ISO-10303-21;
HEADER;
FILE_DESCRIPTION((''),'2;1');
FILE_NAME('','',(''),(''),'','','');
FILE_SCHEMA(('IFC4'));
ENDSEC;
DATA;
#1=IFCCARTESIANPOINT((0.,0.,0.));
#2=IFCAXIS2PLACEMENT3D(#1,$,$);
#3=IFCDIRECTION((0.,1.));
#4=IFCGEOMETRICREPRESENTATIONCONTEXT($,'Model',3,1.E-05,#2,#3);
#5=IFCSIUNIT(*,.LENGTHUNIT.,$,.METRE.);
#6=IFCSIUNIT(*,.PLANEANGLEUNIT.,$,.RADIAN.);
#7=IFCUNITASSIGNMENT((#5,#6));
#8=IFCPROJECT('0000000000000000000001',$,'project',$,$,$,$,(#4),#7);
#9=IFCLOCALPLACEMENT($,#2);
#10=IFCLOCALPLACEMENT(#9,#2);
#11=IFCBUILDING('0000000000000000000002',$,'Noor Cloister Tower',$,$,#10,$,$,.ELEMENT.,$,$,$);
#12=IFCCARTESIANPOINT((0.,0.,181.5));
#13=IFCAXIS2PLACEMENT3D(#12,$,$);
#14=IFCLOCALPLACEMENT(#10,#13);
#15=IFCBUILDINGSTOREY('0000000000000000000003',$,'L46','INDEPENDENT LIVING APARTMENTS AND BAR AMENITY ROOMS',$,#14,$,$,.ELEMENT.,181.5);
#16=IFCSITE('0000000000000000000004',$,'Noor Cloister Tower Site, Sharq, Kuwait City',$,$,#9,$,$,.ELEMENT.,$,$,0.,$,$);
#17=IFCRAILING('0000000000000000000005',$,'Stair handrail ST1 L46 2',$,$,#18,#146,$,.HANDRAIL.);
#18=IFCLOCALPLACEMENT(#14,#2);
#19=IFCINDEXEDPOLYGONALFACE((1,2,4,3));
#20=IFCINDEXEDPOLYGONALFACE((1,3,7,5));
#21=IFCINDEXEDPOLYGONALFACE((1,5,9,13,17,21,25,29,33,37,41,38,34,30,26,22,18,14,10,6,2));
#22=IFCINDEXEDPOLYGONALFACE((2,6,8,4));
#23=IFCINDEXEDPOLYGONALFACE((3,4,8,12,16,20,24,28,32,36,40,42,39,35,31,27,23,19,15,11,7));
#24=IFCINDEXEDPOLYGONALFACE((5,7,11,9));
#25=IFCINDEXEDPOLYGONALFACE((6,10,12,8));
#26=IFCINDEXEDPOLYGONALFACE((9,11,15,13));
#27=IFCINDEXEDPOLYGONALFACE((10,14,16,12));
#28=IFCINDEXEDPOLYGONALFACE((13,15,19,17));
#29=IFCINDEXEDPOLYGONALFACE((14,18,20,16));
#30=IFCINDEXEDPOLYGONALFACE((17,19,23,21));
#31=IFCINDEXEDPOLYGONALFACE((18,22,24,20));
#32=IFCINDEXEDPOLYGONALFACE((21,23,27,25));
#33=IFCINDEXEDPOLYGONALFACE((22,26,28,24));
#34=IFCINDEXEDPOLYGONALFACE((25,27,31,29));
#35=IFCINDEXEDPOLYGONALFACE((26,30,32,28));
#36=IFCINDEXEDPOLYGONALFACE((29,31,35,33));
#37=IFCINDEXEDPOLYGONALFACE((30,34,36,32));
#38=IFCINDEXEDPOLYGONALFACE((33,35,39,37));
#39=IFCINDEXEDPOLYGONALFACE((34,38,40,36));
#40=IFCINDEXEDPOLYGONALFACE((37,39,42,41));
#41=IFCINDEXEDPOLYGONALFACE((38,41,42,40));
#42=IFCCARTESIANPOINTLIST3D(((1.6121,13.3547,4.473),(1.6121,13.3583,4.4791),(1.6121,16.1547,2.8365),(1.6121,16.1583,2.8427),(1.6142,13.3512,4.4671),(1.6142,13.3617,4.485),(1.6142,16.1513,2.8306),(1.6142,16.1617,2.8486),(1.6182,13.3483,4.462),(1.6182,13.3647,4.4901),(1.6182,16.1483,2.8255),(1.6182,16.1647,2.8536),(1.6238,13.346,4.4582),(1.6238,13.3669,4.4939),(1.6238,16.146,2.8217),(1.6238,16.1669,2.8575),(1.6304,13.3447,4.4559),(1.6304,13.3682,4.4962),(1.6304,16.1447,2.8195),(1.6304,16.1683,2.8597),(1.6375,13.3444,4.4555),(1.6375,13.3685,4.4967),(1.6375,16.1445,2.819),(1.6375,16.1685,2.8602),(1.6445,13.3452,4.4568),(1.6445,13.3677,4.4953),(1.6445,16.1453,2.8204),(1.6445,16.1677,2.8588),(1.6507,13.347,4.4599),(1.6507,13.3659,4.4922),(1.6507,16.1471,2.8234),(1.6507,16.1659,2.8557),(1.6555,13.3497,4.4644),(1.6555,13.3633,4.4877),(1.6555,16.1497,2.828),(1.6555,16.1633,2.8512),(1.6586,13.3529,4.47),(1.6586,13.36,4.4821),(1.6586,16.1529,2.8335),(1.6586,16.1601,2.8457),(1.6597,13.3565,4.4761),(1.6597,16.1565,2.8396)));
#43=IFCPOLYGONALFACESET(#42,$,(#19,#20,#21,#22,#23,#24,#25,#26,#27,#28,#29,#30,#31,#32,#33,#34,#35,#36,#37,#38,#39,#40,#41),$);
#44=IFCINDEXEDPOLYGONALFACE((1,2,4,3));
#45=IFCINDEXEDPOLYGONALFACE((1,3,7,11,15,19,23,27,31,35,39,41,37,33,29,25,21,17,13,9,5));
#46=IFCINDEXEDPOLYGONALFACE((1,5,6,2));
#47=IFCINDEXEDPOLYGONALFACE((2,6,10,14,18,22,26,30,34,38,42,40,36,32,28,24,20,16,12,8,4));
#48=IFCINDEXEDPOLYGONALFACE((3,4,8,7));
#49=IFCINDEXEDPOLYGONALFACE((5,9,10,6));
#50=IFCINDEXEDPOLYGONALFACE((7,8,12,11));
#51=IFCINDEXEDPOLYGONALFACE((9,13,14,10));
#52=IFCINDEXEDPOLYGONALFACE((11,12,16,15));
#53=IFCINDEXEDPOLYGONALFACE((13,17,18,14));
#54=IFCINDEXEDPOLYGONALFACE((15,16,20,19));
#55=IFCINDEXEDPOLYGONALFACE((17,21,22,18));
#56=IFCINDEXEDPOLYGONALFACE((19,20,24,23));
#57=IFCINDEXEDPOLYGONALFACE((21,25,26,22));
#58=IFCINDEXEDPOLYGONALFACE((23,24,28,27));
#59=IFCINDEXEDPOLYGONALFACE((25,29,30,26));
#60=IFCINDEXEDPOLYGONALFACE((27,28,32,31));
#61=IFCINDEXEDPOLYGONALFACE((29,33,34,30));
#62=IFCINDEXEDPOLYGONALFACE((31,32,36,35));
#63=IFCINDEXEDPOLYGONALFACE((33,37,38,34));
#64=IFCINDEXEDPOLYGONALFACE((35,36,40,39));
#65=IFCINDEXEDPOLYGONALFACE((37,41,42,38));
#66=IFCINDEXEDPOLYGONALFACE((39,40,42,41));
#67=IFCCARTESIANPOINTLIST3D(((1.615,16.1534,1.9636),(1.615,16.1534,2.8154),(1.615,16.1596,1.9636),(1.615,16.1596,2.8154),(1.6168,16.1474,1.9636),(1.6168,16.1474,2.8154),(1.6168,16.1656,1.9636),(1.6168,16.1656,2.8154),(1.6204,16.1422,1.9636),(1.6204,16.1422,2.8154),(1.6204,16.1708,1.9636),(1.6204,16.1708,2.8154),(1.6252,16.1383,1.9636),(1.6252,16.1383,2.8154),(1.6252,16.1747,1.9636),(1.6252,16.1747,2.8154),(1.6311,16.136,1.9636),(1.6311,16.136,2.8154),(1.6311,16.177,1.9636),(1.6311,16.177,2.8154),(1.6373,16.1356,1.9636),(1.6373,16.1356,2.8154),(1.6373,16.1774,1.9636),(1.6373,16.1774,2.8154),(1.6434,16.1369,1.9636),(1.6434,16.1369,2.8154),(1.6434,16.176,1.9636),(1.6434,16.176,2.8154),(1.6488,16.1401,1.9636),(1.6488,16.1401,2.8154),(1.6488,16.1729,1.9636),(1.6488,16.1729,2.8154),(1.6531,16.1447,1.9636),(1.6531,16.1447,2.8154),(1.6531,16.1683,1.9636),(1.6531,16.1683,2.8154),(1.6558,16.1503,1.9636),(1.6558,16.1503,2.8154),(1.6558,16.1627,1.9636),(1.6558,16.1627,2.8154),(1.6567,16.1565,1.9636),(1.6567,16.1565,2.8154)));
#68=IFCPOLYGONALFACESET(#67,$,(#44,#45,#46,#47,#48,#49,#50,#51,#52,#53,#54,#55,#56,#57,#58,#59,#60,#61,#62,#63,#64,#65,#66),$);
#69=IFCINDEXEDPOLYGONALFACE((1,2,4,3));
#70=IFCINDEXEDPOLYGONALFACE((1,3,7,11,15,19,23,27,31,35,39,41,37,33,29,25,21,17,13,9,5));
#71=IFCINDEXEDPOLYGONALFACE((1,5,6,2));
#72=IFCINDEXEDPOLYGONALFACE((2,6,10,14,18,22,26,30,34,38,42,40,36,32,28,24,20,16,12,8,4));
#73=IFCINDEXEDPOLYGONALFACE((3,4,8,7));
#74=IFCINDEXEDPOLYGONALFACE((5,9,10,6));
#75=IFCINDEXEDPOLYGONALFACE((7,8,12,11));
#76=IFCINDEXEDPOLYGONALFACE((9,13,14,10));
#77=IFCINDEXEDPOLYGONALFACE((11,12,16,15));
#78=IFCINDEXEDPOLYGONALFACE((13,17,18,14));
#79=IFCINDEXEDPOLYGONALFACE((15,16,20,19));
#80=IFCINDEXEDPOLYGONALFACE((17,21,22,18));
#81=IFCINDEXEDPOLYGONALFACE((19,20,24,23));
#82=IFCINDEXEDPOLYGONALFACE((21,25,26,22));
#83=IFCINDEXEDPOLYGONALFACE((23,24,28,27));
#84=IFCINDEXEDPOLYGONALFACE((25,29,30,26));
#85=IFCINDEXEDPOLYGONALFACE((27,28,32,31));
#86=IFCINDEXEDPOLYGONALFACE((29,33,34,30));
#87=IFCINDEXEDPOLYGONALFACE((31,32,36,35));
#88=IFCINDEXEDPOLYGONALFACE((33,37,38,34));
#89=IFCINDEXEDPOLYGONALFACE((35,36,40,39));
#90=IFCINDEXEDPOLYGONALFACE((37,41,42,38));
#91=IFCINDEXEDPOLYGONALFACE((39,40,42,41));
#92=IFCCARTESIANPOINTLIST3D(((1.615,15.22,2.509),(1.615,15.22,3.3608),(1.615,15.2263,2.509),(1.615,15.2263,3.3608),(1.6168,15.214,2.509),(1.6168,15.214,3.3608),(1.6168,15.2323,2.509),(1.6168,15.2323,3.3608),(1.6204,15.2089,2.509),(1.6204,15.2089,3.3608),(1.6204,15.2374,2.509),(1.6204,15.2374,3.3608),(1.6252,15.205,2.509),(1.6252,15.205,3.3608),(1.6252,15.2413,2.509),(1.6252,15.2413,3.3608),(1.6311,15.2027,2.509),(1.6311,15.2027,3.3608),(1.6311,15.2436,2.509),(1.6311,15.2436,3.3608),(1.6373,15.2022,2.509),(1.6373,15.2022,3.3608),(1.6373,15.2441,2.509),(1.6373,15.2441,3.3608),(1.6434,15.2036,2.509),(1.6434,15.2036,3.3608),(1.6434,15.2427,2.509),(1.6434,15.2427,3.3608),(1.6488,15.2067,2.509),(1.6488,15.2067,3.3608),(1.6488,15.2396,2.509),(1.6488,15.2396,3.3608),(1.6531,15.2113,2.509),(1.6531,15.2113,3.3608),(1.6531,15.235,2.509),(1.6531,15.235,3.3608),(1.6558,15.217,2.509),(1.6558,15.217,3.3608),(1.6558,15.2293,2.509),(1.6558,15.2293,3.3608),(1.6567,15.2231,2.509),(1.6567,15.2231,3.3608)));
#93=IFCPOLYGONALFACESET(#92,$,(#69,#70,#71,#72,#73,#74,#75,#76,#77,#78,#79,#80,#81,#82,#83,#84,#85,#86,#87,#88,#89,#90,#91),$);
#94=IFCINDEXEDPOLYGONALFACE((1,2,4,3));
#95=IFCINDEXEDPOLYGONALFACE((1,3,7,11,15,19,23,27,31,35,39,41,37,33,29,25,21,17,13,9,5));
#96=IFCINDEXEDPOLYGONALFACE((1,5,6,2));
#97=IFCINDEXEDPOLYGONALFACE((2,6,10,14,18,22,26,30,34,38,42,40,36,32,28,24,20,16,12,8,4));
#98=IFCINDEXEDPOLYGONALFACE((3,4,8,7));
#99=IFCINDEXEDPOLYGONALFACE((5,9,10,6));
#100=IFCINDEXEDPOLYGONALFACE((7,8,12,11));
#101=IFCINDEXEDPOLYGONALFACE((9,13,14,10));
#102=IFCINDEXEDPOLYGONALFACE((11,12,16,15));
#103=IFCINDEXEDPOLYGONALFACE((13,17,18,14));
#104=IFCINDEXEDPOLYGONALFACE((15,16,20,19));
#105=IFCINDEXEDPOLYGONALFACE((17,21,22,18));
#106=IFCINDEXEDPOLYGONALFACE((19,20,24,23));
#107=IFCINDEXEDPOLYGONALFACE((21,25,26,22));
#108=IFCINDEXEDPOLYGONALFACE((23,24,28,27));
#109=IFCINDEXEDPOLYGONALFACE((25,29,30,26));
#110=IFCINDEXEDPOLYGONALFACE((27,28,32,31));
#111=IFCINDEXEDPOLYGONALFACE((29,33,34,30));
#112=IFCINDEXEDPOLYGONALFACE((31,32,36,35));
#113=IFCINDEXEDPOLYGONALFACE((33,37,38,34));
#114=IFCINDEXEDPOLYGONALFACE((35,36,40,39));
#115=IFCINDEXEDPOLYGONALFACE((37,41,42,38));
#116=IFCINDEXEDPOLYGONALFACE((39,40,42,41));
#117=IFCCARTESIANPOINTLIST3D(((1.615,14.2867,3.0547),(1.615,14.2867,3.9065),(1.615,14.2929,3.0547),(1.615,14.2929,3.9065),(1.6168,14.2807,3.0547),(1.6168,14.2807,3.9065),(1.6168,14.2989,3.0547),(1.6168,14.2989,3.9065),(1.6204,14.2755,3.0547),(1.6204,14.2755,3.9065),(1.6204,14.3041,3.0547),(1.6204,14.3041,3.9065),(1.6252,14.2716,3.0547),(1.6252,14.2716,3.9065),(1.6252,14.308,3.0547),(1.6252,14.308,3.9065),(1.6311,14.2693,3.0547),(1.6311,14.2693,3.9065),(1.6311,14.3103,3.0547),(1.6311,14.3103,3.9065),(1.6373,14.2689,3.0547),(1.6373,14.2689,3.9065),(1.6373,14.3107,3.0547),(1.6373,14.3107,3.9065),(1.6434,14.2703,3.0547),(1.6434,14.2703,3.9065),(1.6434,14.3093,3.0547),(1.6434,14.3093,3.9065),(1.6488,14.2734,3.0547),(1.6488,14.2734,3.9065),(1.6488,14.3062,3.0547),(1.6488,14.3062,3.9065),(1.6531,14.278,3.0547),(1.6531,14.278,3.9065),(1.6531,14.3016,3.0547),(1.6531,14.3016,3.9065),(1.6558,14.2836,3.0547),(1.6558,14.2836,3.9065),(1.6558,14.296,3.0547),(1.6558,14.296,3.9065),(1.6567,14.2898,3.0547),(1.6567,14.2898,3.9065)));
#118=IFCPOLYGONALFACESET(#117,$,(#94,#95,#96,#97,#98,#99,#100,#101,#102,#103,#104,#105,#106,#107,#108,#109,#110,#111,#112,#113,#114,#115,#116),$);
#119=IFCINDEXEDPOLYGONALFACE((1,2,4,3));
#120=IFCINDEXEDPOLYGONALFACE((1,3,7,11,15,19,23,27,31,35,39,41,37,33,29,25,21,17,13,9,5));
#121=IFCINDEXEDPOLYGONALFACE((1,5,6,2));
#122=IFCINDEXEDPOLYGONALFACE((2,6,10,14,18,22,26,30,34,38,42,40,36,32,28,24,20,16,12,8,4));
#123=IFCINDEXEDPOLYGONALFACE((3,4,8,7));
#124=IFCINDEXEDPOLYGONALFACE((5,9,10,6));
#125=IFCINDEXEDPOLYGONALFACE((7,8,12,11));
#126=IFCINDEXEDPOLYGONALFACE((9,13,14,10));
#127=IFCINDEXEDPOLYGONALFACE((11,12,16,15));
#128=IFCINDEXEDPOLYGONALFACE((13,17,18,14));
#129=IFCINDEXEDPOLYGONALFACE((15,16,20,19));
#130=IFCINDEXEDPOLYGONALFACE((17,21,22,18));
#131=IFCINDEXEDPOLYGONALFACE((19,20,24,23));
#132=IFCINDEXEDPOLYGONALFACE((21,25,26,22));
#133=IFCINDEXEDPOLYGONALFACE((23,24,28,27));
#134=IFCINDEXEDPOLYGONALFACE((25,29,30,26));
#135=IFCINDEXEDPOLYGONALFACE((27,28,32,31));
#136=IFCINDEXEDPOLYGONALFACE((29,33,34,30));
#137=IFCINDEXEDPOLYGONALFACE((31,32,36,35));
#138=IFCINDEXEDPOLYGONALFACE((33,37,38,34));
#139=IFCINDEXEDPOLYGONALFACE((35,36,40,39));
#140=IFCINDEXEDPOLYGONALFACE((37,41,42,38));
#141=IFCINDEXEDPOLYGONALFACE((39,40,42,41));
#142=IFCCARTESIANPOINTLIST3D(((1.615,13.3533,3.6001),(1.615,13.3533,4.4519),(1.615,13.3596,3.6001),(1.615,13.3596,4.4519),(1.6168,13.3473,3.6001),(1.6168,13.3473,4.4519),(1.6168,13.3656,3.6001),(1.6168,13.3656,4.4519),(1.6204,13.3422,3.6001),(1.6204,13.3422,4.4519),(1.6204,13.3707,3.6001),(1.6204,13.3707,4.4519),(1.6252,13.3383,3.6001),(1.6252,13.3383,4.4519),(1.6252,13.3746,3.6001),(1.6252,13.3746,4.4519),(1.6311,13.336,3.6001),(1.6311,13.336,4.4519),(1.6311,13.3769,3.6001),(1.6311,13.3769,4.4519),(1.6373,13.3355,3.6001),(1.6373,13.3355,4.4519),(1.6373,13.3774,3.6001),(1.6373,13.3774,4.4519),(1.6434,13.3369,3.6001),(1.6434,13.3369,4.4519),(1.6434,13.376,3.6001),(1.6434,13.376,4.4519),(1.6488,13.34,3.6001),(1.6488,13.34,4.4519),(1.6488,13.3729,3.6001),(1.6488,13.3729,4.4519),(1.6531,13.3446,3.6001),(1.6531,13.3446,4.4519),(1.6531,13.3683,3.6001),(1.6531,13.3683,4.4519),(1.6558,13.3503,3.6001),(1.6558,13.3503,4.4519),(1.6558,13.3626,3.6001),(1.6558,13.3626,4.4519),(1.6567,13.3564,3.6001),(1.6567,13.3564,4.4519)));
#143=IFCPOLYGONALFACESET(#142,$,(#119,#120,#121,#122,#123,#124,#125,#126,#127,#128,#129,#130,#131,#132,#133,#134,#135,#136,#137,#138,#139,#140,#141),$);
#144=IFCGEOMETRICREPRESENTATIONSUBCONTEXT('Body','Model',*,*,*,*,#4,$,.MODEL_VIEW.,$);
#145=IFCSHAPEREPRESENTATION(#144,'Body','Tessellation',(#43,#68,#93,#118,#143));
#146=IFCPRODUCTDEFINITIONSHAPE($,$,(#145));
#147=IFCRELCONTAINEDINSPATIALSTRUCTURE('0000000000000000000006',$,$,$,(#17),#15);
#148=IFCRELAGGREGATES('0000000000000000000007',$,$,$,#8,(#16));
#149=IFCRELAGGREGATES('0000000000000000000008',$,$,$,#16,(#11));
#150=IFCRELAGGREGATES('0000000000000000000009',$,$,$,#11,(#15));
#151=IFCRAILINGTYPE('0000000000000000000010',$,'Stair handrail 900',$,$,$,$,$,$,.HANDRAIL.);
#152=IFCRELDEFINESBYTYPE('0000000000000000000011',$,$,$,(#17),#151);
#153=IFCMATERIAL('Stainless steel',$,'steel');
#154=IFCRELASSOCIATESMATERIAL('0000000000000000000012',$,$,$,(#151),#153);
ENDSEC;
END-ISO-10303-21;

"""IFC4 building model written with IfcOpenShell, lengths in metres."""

from ifc_helpers import new_model, si_unit, direction, frame, origin, origin_2d, place, context, subcontext, project, spatial, circle, extrude, material, type_object, element, save


model = new_model("IFC4")

# Units and contexts
model_context = context("Model", 3, precision=1e-05, world=origin(), true_north=direction((0.0, 1.0)))
body_context = subcontext(model_context, "Body", "Model", "MODEL_VIEW")
ifc_project = project(units=[si_unit("LENGTHUNIT", "METRE"), si_unit("PLANEANGLEUNIT", "RADIAN")], contexts=[model_context])

# Site, building, storey
site_placement = place(None, origin())
site = spatial("IfcSite", under=ifc_project, at=site_placement, Name="Noor Cloister Tower Site, Sharq, Kuwait City", CompositionType="ELEMENT", RefElevation=0.0)
building_placement = place(site_placement, origin())
building = spatial("IfcBuilding", under=site, at=building_placement, Name="Noor Cloister Tower", CompositionType="ELEMENT")
storey_placement = place(building_placement, frame((0.0, 0.0, 181.5)))
storey = spatial("IfcBuildingStorey", under=building, at=storey_placement, Name="L46", Description="INDEPENDENT LIVING APARTMENTS AND BAR AMENITY ROOMS", CompositionType="ELEMENT", Elevation=181.5)

# Railing
ifc_material_1 = material(Name="Stainless steel", Category="steel")
railing_type_1 = type_object("IfcRailingType", Name="Stair handrail 900", PredefinedType="HANDRAIL", material=ifc_material_1)
railing_1_placement = place(storey_placement, frame((1.6357, 16.1565, 1.9636)))
element("IfcRailing", 1, at=railing_1_placement, inside=storey, type_object=railing_type_1, Name="Stair handrail ST1 L46 2", PredefinedType="HANDRAIL", context=body_context, shape_type="SweptSolid", body=[
    extrude(circle(Radius=0.0239, at=origin_2d()), frame((0.0, 0.0, 0.876), z_axis=(0.0, -0.863361, 0.504587), x_axis=(1.0, 0.0, 0.0)), (0.0, 0.0, 1.0), 3.2432),
    extrude(circle(Radius=0.021, at=origin_2d()), origin(), (0.0, 0.0, 1.0), 0.8518),
    extrude(circle(Radius=0.021, at=origin_2d()), frame((0.0, -0.9333, 0.5454)), (0.0, 0.0, 1.0), 0.8518),
    extrude(circle(Radius=0.021, at=origin_2d()), frame((0.0, -1.8667, 1.0911)), (0.0, 0.0, 1.0), 0.8518),
    extrude(circle(Radius=0.021, at=origin_2d()), frame((0.0, -2.8, 1.6365)), (0.0, 0.0, 1.0), 0.8518),
])

save(model, "model.ifc")
